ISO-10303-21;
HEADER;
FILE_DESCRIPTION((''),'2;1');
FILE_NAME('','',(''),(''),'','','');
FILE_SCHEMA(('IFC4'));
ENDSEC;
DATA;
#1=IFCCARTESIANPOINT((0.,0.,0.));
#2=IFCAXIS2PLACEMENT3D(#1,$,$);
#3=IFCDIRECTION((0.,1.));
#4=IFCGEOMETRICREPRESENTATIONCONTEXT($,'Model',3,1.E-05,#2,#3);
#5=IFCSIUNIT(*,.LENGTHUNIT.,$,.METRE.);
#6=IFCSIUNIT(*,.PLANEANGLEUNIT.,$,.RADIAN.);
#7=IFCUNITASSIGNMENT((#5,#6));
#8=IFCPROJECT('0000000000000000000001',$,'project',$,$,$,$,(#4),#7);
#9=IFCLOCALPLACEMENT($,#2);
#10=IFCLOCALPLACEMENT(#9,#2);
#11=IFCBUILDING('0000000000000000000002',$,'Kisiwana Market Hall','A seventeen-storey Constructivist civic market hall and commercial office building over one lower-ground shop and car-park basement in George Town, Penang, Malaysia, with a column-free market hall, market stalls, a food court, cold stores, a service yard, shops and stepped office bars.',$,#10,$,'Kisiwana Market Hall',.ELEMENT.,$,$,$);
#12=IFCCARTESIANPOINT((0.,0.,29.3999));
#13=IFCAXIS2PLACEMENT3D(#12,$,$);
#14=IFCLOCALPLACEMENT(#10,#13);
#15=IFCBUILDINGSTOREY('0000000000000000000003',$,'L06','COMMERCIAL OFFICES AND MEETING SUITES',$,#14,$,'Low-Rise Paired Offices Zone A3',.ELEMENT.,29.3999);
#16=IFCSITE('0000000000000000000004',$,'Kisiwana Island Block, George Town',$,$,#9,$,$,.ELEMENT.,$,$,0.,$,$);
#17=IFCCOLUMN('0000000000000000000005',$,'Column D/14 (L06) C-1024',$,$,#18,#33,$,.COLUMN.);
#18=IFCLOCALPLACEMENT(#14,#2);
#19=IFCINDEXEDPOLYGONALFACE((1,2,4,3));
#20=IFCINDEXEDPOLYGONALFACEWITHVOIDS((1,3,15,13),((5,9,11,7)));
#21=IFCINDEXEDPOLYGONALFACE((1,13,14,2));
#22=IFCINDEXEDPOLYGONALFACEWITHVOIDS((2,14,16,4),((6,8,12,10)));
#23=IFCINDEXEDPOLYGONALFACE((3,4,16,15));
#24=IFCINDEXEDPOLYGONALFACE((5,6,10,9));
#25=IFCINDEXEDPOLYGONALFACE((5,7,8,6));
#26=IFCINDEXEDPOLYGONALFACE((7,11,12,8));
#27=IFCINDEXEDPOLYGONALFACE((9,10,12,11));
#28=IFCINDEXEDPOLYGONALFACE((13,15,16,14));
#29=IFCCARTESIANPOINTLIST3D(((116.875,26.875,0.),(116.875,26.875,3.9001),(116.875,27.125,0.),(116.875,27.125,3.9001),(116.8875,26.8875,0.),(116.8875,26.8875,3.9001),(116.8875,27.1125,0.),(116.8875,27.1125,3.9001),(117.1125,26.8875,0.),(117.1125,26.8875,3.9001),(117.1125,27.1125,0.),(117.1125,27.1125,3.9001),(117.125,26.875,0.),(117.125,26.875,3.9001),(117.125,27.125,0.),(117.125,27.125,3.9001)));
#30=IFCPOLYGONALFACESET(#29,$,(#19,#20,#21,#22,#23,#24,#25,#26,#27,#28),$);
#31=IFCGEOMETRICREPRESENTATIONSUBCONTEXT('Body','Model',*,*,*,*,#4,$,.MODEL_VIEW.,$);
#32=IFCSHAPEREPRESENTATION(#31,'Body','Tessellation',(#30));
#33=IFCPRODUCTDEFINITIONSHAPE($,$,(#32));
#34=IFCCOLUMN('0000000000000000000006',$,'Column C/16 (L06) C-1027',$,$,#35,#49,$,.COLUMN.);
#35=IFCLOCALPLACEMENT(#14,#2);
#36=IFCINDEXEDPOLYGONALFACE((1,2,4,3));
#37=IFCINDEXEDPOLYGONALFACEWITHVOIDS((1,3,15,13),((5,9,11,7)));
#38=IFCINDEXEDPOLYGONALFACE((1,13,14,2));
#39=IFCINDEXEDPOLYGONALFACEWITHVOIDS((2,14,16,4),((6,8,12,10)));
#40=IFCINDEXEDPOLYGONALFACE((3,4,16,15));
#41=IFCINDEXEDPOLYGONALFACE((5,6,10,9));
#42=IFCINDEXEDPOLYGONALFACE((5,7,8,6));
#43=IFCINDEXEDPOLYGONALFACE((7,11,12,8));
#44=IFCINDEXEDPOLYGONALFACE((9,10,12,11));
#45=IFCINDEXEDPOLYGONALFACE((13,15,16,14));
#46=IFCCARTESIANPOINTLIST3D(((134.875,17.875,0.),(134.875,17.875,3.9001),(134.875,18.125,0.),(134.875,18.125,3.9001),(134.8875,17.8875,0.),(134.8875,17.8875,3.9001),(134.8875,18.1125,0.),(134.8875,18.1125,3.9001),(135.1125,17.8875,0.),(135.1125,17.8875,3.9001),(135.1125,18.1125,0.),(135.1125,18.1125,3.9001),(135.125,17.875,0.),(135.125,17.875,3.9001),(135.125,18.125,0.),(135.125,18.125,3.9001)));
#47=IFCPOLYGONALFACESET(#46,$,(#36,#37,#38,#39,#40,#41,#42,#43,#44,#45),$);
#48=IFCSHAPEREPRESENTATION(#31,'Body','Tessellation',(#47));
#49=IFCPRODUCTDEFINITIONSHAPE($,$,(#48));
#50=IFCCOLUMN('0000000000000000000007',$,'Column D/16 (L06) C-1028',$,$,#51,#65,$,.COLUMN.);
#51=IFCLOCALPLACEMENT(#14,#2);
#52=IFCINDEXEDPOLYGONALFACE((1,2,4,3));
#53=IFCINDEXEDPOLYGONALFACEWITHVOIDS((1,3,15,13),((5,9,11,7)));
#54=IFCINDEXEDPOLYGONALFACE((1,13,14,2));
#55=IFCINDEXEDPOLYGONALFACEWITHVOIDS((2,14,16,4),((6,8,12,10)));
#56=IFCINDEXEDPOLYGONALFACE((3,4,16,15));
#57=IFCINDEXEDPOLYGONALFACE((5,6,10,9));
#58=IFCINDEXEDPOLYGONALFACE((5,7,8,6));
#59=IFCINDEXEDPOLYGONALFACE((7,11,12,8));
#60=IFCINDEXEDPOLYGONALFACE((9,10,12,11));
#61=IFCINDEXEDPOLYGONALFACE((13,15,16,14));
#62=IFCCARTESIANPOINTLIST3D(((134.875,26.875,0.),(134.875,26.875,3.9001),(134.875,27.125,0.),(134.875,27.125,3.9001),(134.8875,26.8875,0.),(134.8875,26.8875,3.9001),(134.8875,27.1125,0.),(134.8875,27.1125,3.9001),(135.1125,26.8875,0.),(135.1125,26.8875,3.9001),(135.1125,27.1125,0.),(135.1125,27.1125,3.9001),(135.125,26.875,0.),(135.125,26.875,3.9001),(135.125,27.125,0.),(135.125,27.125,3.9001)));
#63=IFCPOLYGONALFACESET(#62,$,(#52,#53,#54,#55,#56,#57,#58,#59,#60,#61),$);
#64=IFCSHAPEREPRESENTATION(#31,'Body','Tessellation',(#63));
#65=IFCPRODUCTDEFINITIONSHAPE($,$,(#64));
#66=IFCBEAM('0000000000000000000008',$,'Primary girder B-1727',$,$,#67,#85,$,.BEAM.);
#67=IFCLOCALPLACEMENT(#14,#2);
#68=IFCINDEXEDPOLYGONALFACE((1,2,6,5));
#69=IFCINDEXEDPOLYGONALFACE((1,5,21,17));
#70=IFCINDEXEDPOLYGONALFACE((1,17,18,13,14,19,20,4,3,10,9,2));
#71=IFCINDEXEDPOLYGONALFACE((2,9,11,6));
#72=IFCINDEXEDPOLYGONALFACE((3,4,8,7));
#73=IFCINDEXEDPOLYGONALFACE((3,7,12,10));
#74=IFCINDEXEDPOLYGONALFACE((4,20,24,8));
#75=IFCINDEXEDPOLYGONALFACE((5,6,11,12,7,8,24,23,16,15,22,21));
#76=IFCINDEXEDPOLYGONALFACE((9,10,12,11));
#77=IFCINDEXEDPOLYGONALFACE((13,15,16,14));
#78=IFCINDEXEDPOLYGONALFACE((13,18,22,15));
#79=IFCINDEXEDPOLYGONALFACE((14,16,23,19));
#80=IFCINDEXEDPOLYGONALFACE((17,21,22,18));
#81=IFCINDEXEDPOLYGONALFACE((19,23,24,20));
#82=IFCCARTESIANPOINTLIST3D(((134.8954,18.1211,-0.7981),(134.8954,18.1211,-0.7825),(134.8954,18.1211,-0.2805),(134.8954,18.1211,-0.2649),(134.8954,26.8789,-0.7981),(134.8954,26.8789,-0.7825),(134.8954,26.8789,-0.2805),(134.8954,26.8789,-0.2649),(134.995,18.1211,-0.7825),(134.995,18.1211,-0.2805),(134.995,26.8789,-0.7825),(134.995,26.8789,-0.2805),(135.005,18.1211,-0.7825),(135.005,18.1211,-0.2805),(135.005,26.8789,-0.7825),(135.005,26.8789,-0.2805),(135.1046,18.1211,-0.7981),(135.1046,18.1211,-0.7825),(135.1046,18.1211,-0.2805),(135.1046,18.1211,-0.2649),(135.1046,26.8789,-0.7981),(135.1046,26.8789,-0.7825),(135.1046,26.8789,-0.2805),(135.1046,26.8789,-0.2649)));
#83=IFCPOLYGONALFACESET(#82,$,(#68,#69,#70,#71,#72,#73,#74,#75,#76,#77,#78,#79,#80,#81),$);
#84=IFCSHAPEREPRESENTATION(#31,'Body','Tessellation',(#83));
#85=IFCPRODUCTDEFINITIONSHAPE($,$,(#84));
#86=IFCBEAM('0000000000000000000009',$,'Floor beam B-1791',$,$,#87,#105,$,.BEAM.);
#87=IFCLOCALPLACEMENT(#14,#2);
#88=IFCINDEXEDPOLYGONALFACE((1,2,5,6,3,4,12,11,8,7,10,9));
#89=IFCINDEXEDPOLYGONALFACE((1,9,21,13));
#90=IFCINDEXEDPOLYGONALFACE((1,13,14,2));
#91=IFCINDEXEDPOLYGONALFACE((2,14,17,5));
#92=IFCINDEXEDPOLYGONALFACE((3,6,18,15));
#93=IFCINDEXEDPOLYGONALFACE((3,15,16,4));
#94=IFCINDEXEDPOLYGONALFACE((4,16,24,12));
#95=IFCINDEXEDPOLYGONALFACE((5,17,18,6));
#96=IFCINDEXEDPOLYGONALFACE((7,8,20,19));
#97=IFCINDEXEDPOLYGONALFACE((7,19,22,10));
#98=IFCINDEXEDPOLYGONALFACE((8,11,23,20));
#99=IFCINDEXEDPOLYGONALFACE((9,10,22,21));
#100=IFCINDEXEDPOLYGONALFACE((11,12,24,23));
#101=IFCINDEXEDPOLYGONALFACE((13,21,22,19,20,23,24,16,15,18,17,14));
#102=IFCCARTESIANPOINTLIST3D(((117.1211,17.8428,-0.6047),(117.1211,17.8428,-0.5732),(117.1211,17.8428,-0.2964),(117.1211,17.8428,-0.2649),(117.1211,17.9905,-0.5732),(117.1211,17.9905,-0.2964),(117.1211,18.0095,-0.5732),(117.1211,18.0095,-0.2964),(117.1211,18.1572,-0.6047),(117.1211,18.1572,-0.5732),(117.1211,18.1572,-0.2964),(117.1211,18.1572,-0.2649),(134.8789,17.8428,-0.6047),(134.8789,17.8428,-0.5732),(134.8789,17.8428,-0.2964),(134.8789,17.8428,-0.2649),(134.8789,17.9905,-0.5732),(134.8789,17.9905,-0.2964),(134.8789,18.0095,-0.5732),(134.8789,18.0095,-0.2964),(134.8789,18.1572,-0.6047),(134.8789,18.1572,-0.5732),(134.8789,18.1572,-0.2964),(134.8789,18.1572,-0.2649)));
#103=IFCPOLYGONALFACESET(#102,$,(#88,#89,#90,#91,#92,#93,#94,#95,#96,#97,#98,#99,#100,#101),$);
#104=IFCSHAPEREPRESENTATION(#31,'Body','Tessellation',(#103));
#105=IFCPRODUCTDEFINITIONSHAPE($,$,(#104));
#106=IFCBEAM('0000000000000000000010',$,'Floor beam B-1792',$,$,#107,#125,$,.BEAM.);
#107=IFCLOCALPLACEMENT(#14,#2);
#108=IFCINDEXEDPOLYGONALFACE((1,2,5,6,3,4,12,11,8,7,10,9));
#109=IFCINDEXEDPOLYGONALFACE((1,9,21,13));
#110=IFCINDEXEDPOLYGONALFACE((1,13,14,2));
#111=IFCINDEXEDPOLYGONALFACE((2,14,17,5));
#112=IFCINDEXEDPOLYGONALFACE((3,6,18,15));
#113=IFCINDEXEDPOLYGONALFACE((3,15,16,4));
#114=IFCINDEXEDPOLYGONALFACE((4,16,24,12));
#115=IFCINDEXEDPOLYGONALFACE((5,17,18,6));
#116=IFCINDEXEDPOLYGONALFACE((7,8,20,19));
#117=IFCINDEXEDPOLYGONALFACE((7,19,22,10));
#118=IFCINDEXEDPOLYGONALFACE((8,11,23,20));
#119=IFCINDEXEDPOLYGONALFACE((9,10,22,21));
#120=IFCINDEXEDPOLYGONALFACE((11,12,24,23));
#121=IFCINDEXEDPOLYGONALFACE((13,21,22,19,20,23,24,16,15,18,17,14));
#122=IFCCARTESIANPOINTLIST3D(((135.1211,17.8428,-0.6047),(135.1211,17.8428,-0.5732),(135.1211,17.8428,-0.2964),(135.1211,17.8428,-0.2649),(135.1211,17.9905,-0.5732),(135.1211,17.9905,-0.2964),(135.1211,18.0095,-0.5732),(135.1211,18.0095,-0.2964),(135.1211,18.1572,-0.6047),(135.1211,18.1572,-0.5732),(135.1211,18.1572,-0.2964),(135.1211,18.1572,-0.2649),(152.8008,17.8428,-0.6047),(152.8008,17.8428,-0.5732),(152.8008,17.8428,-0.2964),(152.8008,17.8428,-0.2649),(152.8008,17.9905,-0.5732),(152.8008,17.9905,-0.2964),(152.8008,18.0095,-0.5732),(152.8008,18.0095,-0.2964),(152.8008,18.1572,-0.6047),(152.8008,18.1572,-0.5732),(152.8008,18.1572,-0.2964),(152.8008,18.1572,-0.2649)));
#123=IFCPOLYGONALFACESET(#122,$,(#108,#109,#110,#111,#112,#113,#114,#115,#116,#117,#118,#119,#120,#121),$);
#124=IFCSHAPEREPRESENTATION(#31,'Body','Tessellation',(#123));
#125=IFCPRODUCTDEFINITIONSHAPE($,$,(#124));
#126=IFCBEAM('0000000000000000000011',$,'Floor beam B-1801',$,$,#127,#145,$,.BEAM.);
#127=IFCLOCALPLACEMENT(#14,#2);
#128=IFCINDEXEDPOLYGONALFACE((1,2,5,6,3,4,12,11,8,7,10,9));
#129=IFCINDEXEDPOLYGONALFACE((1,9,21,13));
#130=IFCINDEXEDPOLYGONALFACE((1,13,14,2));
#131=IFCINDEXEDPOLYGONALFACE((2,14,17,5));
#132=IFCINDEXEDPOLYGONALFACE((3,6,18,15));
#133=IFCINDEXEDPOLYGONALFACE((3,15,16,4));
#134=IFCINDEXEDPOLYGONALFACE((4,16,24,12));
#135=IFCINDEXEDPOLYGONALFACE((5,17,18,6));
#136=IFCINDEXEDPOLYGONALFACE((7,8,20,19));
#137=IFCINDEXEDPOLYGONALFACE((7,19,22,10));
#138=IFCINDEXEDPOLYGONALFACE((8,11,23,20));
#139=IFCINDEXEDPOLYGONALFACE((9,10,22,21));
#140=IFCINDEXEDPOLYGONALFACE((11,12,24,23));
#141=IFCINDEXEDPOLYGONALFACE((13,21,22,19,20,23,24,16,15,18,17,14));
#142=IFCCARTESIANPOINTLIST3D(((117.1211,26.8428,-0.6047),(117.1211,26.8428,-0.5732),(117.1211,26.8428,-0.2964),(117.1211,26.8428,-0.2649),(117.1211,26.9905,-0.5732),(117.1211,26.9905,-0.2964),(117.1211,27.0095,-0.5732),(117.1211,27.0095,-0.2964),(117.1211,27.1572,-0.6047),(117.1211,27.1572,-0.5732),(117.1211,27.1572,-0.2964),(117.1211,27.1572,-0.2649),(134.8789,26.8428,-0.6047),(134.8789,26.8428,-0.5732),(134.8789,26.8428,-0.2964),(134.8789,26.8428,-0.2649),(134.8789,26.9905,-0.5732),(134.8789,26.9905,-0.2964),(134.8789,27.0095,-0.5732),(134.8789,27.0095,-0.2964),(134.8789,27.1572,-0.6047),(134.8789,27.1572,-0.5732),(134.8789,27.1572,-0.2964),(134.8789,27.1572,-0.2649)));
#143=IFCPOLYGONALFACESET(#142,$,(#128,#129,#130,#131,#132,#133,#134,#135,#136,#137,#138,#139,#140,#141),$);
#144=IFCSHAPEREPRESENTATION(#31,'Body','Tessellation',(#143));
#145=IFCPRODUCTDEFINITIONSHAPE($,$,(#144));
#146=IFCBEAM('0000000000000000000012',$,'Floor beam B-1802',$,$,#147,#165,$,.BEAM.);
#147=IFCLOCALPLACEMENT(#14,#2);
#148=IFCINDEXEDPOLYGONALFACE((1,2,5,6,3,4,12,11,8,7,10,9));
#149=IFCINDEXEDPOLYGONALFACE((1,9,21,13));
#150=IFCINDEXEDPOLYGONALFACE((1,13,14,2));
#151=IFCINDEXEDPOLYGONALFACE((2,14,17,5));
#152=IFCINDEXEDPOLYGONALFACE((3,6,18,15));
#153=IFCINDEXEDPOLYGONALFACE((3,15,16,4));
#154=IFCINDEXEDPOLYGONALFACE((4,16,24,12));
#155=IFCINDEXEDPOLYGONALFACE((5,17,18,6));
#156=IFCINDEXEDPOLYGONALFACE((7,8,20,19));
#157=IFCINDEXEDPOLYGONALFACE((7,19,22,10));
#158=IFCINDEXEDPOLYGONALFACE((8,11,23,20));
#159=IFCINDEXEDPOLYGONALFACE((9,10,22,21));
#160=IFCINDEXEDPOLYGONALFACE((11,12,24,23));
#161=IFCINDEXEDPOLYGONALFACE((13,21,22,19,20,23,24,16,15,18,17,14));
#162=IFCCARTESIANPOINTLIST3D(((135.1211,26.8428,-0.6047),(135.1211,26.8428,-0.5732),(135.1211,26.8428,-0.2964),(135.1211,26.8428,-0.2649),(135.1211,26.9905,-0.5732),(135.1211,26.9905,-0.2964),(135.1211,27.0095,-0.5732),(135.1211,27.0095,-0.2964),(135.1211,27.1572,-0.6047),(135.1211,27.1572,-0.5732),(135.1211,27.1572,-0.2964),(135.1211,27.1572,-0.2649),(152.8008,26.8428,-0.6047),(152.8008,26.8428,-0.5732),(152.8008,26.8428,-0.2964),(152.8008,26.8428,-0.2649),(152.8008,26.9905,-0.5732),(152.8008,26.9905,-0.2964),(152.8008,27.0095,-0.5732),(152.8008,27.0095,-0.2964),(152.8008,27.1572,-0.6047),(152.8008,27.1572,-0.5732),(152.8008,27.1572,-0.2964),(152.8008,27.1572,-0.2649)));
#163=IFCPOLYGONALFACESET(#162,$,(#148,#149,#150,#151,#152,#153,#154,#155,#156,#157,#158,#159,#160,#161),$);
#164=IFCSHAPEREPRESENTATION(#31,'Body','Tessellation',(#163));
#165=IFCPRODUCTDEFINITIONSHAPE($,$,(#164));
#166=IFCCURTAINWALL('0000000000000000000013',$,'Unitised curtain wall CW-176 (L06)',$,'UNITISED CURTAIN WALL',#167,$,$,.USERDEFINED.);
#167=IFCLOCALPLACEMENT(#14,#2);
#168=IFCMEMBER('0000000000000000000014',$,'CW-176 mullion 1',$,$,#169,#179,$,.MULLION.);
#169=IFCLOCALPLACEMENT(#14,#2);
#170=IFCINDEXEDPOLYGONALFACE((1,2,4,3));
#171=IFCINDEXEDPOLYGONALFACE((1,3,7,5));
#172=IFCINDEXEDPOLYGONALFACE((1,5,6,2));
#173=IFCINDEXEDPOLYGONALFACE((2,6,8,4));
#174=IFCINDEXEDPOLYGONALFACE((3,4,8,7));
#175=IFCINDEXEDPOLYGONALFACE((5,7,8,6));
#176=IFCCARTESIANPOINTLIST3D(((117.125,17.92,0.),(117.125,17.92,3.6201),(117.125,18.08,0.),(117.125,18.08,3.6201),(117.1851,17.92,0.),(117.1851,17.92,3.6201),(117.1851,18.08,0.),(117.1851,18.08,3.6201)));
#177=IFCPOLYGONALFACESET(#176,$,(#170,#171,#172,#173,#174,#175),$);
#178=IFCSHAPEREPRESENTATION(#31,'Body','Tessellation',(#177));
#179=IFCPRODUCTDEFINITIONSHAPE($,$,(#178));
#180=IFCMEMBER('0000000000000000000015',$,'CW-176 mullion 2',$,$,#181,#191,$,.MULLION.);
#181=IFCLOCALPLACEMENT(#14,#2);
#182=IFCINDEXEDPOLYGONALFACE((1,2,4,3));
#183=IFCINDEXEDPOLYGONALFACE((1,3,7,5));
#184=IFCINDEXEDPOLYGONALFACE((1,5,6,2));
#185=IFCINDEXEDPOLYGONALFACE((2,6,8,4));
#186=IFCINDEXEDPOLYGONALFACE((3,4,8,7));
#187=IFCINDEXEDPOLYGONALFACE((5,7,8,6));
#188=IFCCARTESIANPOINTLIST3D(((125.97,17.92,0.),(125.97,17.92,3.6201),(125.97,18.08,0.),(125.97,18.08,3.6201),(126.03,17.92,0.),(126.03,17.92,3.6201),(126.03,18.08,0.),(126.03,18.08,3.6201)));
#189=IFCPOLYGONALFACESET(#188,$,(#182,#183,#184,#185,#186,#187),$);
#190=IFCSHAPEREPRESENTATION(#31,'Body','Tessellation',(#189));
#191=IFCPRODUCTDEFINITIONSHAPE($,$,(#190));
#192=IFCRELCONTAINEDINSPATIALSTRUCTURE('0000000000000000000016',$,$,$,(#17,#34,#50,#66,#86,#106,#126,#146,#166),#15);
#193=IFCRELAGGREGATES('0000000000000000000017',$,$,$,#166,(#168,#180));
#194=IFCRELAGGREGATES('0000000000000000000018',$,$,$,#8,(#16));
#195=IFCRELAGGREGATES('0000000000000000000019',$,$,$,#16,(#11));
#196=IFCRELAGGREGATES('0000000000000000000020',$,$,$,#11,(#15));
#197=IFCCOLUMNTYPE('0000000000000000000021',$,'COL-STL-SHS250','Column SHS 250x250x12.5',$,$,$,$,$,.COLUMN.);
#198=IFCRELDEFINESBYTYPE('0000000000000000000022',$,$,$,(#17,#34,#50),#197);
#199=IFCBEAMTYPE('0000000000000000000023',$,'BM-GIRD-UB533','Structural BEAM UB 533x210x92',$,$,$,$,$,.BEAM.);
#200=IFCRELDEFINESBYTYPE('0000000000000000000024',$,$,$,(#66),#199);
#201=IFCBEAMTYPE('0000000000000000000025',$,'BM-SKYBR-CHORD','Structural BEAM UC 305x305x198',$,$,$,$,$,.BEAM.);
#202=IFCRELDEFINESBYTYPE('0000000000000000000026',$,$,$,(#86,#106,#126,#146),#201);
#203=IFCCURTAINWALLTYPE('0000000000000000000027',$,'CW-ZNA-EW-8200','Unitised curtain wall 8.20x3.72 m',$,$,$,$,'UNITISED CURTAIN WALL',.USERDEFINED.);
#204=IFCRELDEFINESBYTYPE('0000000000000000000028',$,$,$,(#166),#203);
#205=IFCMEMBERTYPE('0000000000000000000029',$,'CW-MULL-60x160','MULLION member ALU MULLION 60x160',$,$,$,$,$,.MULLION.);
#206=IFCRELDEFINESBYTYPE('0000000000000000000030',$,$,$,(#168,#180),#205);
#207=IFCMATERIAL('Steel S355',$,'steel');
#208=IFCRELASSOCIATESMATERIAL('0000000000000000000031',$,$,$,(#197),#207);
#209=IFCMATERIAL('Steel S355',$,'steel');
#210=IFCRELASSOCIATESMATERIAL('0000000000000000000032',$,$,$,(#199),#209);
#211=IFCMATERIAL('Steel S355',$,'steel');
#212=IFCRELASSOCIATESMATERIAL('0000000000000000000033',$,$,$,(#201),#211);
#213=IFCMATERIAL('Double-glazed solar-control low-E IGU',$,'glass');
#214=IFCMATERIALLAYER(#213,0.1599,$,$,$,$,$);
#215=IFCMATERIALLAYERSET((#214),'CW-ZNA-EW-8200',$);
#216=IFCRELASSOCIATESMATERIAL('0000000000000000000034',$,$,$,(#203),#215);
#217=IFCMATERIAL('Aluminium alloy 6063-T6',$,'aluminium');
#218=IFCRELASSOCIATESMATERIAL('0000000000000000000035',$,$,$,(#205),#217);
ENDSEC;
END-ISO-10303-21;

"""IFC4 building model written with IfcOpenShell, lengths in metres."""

from ifc_helpers import new_model, si_unit, direction, frame, origin, origin_2d, place, context, subcontext, project, spatial, rectangle, hollow_rectangle, i_section, extrude, material, layer, layer_set, material_profile, profile_set, type_object, element, aggregate, save


model = new_model("IFC4")

# Units and contexts
model_context = context("Model", 3, precision=1e-05, world=origin(), true_north=direction((0.0, 1.0)))
body_context = subcontext(model_context, "Body", "Model", "MODEL_VIEW")
ifc_project = project(units=[si_unit("LENGTHUNIT", "METRE"), si_unit("PLANEANGLEUNIT", "RADIAN")], contexts=[model_context])

# Site, building, storey
site_placement = place(None, origin())
site = spatial("IfcSite", under=ifc_project, at=site_placement, Name="Kisiwana Island Block, George Town", CompositionType="ELEMENT", RefElevation=0.0)
building_placement = place(site_placement, origin())
building = spatial("IfcBuilding", under=site, at=building_placement, Name="Kisiwana Market Hall", Description="A seventeen-storey Constructivist civic market hall and commercial office building over one lower-ground shop and car-park basement in George Town, Penang, Malaysia, with a column-free market hall, market stalls, a food court, cold stores, a service yard, shops and stepped office bars.", LongName="Kisiwana Market Hall", CompositionType="ELEMENT")
storey_placement = place(building_placement, frame((0.0, 0.0, 29.3999)))
storey = spatial("IfcBuildingStorey", under=building, at=storey_placement, Name="L06", Description="COMMERCIAL OFFICES AND MEETING SUITES", LongName="Low-Rise Paired Offices Zone A3", CompositionType="ELEMENT", Elevation=29.3999)

# Columns
ifc_material_1 = material(Name="Steel S355", Category="steel")
ifc_material_profile_1 = material_profile(ifc_material_1, hollow_rectangle(XDim=0.25, YDim=0.25, WallThickness=0.0125, at=origin_2d()), Name="SHS 250x250x12.5")
ifc_profile_set_1 = profile_set([ifc_material_profile_1], Name="Steel S355")
column_type = type_object("IfcColumnType", Name="COL-STL-SHS250", Description="Column SHS 250x250x12.5", PredefinedType="COLUMN", material=ifc_profile_set_1)
for number, where, z_axis, x_axis, name in (
    (1, (117.0, 27.0, 0.0), (0.0, 0.0, 1.0), (1.0, 0.0, 0.0), "Column D/14 (L06) C-1024"),
    (2, (135.0, 18.0, 0.0), (0.0, 0.0, 1.0), (1.0, 0.0, 0.0), "Column C/16 (L06) C-1027"),
    (3, (135.0, 27.0, 0.0), (0.0, 0.0, 1.0), (1.0, 0.0, 0.0), "Column D/16 (L06) C-1028"),
):
    element("IfcColumn", number, at=place(storey_placement, frame(where, z_axis=z_axis, x_axis=x_axis)), inside=storey, type_object=column_type, Name=name, PredefinedType="COLUMN", context=body_context, shape_type="SweptSolid", body=[
        extrude(hollow_rectangle(XDim=0.25, YDim=0.25, WallThickness=0.0125, at=origin_2d()), origin(), (0.0, 0.0, 1.0), 3.9001),
    ])

# Beams
ifc_material_2 = material(Name="Steel S355", Category="steel")
ifc_material_profile_2 = material_profile(ifc_material_2, i_section(OverallWidth=0.2092, OverallDepth=0.5332, WebThickness=0.01, FlangeThickness=0.0156, at=origin_2d()), Name="UB 533x210x92")
ifc_profile_set_2 = profile_set([ifc_material_profile_2], Name="Steel S355")
beam_type_1 = type_object("IfcBeamType", Name="BM-GIRD-UB533", Description="Structural BEAM UB 533x210x92", PredefinedType="BEAM", material=ifc_profile_set_2)
beam_1_placement = place(storey_placement, frame((135.0, 18.1211, -0.5315), z_axis=(0.0, 1.0, 0.0), x_axis=(-1.0, 0.0, 0.0)))
element("IfcBeam", 4, at=beam_1_placement, inside=storey, type_object=beam_type_1, Name="Primary girder B-1727", PredefinedType="BEAM", context=body_context, shape_type="SweptSolid", body=[
    extrude(i_section(OverallWidth=0.2092, OverallDepth=0.5332, WebThickness=0.01, FlangeThickness=0.0156, at=origin_2d()), origin(), (0.0, 0.0, 1.0), 8.7578),
])
ifc_material_3 = material(Name="Steel S355", Category="steel")
ifc_material_profile_3 = material_profile(ifc_material_3, i_section(OverallWidth=0.3145, OverallDepth=0.3398, WebThickness=0.019, FlangeThickness=0.0315, at=origin_2d()), Name="UC 305x305x198")
ifc_profile_set_3 = profile_set([ifc_material_profile_3], Name="Steel S355")
beam_type_2 = type_object("IfcBeamType", Name="BM-SKYBR-CHORD", Description="Structural BEAM UC 305x305x198", PredefinedType="BEAM", material=ifc_profile_set_3)
beam_2_placement = place(storey_placement, frame((117.1211, 18.0, -0.4348), z_axis=(1.0, 0.0, 0.0), x_axis=(0.0, 1.0, 0.0)))
element("IfcBeam", 5, at=beam_2_placement, inside=storey, type_object=beam_type_2, Name="Floor beam B-1791", PredefinedType="BEAM", context=body_context, shape_type="SweptSolid", body=[
    extrude(i_section(OverallWidth=0.3145, OverallDepth=0.3398, WebThickness=0.019, FlangeThickness=0.0315, at=origin_2d()), origin(), (0.0, 0.0, 1.0), 17.7578),
])
beam_3_placement = place(storey_placement, frame((135.1211, 18.0, -0.4348), z_axis=(1.0, 0.0, 0.0), x_axis=(0.0, 1.0, 0.0)))
element("IfcBeam", 6, at=beam_3_placement, inside=storey, type_object=beam_type_2, Name="Floor beam B-1792", PredefinedType="BEAM", context=body_context, shape_type="SweptSolid", body=[
    extrude(i_section(OverallWidth=0.3145, OverallDepth=0.3398, WebThickness=0.019, FlangeThickness=0.0315, at=origin_2d()), origin(), (0.0, 0.0, 1.0), 17.6797),
])
beam_4_placement = place(storey_placement, frame((117.1211, 27.0, -0.4348), z_axis=(1.0, 0.0, 0.0), x_axis=(0.0, 1.0, 0.0)))
element("IfcBeam", 7, at=beam_4_placement, inside=storey, type_object=beam_type_2, Name="Floor beam B-1801", PredefinedType="BEAM", context=body_context, shape_type="SweptSolid", body=[
    extrude(i_section(OverallWidth=0.3145, OverallDepth=0.3398, WebThickness=0.019, FlangeThickness=0.0315, at=origin_2d()), origin(), (0.0, 0.0, 1.0), 17.7578),
])
beam_5_placement = place(storey_placement, frame((135.1211, 27.0, -0.4348), z_axis=(1.0, 0.0, 0.0), x_axis=(0.0, 1.0, 0.0)))
element("IfcBeam", 8, at=beam_5_placement, inside=storey, type_object=beam_type_2, Name="Floor beam B-1802", PredefinedType="BEAM", context=body_context, shape_type="SweptSolid", body=[
    extrude(i_section(OverallWidth=0.3145, OverallDepth=0.3398, WebThickness=0.019, FlangeThickness=0.0315, at=origin_2d()), origin(), (0.0, 0.0, 1.0), 17.6797),
])

# Curtain wall, members
ifc_material_4 = material(Name="Double-glazed solar-control low-E IGU", Category="glass")
ifc_layer_1 = layer(ifc_material_4, 0.1599)
ifc_layer_set_1 = layer_set([ifc_layer_1], Name="CW-ZNA-EW-8200")
curtain_wall_type = type_object("IfcCurtainWallType", Name="CW-ZNA-EW-8200", Description="Unitised curtain wall 8.20x3.72 m", ElementType="UNITISED CURTAIN WALL", PredefinedType="USERDEFINED", material=ifc_layer_set_1)
curtain_wall_1_placement = place(storey_placement, origin())
curtain_wall_1 = element("IfcCurtainWall", 9, at=curtain_wall_1_placement, inside=storey, type_object=curtain_wall_type, Name="Unitised curtain wall CW-176 (L06)", ObjectType="UNITISED CURTAIN WALL", PredefinedType="USERDEFINED")
ifc_material_5 = material(Name="Aluminium alloy 6063-T6", Category="aluminium")
ifc_material_profile_4 = material_profile(ifc_material_5, rectangle(XDim=0.0601, YDim=0.1599, at=origin_2d()), Name="ALU MULLION 60x160")
ifc_profile_set_4 = profile_set([ifc_material_profile_4], Name="Aluminium alloy 6063-T6")
member_type_1 = type_object("IfcMemberType", Name="CW-MULL-60x160", Description="MULLION member ALU MULLION 60x160", PredefinedType="MULLION", material=ifc_profile_set_4)
member_1_placement = place(storey_placement, frame((117.155, 18.0, 0.0), z_axis=(0.0, 0.0, 1.0), x_axis=(1.0, 0.0, 0.0)))
member_1 = element("IfcMember", 10, at=member_1_placement, type_object=member_type_1, Name="CW-176 mullion 1", PredefinedType="MULLION", context=body_context, shape_type="SweptSolid", body=[
    extrude(rectangle(XDim=0.0601, YDim=0.1599, at=origin_2d()), origin(), (0.0, 0.0, 1.0), 3.6201),
])
member_2_placement = place(storey_placement, frame((126.0, 18.0, 0.0), z_axis=(0.0, 0.0, 1.0), x_axis=(1.0, 0.0, 0.0)))
member_2 = element("IfcMember", 11, at=member_2_placement, type_object=member_type_1, Name="CW-176 mullion 2", PredefinedType="MULLION", context=body_context, shape_type="SweptSolid", body=[
    extrude(rectangle(XDim=0.0601, YDim=0.1599, at=origin_2d()), origin(), (0.0, 0.0, 1.0), 3.6201),
])

aggregate(curtain_wall_1, [member_1, member_2])

save(model, "model.ifc")
